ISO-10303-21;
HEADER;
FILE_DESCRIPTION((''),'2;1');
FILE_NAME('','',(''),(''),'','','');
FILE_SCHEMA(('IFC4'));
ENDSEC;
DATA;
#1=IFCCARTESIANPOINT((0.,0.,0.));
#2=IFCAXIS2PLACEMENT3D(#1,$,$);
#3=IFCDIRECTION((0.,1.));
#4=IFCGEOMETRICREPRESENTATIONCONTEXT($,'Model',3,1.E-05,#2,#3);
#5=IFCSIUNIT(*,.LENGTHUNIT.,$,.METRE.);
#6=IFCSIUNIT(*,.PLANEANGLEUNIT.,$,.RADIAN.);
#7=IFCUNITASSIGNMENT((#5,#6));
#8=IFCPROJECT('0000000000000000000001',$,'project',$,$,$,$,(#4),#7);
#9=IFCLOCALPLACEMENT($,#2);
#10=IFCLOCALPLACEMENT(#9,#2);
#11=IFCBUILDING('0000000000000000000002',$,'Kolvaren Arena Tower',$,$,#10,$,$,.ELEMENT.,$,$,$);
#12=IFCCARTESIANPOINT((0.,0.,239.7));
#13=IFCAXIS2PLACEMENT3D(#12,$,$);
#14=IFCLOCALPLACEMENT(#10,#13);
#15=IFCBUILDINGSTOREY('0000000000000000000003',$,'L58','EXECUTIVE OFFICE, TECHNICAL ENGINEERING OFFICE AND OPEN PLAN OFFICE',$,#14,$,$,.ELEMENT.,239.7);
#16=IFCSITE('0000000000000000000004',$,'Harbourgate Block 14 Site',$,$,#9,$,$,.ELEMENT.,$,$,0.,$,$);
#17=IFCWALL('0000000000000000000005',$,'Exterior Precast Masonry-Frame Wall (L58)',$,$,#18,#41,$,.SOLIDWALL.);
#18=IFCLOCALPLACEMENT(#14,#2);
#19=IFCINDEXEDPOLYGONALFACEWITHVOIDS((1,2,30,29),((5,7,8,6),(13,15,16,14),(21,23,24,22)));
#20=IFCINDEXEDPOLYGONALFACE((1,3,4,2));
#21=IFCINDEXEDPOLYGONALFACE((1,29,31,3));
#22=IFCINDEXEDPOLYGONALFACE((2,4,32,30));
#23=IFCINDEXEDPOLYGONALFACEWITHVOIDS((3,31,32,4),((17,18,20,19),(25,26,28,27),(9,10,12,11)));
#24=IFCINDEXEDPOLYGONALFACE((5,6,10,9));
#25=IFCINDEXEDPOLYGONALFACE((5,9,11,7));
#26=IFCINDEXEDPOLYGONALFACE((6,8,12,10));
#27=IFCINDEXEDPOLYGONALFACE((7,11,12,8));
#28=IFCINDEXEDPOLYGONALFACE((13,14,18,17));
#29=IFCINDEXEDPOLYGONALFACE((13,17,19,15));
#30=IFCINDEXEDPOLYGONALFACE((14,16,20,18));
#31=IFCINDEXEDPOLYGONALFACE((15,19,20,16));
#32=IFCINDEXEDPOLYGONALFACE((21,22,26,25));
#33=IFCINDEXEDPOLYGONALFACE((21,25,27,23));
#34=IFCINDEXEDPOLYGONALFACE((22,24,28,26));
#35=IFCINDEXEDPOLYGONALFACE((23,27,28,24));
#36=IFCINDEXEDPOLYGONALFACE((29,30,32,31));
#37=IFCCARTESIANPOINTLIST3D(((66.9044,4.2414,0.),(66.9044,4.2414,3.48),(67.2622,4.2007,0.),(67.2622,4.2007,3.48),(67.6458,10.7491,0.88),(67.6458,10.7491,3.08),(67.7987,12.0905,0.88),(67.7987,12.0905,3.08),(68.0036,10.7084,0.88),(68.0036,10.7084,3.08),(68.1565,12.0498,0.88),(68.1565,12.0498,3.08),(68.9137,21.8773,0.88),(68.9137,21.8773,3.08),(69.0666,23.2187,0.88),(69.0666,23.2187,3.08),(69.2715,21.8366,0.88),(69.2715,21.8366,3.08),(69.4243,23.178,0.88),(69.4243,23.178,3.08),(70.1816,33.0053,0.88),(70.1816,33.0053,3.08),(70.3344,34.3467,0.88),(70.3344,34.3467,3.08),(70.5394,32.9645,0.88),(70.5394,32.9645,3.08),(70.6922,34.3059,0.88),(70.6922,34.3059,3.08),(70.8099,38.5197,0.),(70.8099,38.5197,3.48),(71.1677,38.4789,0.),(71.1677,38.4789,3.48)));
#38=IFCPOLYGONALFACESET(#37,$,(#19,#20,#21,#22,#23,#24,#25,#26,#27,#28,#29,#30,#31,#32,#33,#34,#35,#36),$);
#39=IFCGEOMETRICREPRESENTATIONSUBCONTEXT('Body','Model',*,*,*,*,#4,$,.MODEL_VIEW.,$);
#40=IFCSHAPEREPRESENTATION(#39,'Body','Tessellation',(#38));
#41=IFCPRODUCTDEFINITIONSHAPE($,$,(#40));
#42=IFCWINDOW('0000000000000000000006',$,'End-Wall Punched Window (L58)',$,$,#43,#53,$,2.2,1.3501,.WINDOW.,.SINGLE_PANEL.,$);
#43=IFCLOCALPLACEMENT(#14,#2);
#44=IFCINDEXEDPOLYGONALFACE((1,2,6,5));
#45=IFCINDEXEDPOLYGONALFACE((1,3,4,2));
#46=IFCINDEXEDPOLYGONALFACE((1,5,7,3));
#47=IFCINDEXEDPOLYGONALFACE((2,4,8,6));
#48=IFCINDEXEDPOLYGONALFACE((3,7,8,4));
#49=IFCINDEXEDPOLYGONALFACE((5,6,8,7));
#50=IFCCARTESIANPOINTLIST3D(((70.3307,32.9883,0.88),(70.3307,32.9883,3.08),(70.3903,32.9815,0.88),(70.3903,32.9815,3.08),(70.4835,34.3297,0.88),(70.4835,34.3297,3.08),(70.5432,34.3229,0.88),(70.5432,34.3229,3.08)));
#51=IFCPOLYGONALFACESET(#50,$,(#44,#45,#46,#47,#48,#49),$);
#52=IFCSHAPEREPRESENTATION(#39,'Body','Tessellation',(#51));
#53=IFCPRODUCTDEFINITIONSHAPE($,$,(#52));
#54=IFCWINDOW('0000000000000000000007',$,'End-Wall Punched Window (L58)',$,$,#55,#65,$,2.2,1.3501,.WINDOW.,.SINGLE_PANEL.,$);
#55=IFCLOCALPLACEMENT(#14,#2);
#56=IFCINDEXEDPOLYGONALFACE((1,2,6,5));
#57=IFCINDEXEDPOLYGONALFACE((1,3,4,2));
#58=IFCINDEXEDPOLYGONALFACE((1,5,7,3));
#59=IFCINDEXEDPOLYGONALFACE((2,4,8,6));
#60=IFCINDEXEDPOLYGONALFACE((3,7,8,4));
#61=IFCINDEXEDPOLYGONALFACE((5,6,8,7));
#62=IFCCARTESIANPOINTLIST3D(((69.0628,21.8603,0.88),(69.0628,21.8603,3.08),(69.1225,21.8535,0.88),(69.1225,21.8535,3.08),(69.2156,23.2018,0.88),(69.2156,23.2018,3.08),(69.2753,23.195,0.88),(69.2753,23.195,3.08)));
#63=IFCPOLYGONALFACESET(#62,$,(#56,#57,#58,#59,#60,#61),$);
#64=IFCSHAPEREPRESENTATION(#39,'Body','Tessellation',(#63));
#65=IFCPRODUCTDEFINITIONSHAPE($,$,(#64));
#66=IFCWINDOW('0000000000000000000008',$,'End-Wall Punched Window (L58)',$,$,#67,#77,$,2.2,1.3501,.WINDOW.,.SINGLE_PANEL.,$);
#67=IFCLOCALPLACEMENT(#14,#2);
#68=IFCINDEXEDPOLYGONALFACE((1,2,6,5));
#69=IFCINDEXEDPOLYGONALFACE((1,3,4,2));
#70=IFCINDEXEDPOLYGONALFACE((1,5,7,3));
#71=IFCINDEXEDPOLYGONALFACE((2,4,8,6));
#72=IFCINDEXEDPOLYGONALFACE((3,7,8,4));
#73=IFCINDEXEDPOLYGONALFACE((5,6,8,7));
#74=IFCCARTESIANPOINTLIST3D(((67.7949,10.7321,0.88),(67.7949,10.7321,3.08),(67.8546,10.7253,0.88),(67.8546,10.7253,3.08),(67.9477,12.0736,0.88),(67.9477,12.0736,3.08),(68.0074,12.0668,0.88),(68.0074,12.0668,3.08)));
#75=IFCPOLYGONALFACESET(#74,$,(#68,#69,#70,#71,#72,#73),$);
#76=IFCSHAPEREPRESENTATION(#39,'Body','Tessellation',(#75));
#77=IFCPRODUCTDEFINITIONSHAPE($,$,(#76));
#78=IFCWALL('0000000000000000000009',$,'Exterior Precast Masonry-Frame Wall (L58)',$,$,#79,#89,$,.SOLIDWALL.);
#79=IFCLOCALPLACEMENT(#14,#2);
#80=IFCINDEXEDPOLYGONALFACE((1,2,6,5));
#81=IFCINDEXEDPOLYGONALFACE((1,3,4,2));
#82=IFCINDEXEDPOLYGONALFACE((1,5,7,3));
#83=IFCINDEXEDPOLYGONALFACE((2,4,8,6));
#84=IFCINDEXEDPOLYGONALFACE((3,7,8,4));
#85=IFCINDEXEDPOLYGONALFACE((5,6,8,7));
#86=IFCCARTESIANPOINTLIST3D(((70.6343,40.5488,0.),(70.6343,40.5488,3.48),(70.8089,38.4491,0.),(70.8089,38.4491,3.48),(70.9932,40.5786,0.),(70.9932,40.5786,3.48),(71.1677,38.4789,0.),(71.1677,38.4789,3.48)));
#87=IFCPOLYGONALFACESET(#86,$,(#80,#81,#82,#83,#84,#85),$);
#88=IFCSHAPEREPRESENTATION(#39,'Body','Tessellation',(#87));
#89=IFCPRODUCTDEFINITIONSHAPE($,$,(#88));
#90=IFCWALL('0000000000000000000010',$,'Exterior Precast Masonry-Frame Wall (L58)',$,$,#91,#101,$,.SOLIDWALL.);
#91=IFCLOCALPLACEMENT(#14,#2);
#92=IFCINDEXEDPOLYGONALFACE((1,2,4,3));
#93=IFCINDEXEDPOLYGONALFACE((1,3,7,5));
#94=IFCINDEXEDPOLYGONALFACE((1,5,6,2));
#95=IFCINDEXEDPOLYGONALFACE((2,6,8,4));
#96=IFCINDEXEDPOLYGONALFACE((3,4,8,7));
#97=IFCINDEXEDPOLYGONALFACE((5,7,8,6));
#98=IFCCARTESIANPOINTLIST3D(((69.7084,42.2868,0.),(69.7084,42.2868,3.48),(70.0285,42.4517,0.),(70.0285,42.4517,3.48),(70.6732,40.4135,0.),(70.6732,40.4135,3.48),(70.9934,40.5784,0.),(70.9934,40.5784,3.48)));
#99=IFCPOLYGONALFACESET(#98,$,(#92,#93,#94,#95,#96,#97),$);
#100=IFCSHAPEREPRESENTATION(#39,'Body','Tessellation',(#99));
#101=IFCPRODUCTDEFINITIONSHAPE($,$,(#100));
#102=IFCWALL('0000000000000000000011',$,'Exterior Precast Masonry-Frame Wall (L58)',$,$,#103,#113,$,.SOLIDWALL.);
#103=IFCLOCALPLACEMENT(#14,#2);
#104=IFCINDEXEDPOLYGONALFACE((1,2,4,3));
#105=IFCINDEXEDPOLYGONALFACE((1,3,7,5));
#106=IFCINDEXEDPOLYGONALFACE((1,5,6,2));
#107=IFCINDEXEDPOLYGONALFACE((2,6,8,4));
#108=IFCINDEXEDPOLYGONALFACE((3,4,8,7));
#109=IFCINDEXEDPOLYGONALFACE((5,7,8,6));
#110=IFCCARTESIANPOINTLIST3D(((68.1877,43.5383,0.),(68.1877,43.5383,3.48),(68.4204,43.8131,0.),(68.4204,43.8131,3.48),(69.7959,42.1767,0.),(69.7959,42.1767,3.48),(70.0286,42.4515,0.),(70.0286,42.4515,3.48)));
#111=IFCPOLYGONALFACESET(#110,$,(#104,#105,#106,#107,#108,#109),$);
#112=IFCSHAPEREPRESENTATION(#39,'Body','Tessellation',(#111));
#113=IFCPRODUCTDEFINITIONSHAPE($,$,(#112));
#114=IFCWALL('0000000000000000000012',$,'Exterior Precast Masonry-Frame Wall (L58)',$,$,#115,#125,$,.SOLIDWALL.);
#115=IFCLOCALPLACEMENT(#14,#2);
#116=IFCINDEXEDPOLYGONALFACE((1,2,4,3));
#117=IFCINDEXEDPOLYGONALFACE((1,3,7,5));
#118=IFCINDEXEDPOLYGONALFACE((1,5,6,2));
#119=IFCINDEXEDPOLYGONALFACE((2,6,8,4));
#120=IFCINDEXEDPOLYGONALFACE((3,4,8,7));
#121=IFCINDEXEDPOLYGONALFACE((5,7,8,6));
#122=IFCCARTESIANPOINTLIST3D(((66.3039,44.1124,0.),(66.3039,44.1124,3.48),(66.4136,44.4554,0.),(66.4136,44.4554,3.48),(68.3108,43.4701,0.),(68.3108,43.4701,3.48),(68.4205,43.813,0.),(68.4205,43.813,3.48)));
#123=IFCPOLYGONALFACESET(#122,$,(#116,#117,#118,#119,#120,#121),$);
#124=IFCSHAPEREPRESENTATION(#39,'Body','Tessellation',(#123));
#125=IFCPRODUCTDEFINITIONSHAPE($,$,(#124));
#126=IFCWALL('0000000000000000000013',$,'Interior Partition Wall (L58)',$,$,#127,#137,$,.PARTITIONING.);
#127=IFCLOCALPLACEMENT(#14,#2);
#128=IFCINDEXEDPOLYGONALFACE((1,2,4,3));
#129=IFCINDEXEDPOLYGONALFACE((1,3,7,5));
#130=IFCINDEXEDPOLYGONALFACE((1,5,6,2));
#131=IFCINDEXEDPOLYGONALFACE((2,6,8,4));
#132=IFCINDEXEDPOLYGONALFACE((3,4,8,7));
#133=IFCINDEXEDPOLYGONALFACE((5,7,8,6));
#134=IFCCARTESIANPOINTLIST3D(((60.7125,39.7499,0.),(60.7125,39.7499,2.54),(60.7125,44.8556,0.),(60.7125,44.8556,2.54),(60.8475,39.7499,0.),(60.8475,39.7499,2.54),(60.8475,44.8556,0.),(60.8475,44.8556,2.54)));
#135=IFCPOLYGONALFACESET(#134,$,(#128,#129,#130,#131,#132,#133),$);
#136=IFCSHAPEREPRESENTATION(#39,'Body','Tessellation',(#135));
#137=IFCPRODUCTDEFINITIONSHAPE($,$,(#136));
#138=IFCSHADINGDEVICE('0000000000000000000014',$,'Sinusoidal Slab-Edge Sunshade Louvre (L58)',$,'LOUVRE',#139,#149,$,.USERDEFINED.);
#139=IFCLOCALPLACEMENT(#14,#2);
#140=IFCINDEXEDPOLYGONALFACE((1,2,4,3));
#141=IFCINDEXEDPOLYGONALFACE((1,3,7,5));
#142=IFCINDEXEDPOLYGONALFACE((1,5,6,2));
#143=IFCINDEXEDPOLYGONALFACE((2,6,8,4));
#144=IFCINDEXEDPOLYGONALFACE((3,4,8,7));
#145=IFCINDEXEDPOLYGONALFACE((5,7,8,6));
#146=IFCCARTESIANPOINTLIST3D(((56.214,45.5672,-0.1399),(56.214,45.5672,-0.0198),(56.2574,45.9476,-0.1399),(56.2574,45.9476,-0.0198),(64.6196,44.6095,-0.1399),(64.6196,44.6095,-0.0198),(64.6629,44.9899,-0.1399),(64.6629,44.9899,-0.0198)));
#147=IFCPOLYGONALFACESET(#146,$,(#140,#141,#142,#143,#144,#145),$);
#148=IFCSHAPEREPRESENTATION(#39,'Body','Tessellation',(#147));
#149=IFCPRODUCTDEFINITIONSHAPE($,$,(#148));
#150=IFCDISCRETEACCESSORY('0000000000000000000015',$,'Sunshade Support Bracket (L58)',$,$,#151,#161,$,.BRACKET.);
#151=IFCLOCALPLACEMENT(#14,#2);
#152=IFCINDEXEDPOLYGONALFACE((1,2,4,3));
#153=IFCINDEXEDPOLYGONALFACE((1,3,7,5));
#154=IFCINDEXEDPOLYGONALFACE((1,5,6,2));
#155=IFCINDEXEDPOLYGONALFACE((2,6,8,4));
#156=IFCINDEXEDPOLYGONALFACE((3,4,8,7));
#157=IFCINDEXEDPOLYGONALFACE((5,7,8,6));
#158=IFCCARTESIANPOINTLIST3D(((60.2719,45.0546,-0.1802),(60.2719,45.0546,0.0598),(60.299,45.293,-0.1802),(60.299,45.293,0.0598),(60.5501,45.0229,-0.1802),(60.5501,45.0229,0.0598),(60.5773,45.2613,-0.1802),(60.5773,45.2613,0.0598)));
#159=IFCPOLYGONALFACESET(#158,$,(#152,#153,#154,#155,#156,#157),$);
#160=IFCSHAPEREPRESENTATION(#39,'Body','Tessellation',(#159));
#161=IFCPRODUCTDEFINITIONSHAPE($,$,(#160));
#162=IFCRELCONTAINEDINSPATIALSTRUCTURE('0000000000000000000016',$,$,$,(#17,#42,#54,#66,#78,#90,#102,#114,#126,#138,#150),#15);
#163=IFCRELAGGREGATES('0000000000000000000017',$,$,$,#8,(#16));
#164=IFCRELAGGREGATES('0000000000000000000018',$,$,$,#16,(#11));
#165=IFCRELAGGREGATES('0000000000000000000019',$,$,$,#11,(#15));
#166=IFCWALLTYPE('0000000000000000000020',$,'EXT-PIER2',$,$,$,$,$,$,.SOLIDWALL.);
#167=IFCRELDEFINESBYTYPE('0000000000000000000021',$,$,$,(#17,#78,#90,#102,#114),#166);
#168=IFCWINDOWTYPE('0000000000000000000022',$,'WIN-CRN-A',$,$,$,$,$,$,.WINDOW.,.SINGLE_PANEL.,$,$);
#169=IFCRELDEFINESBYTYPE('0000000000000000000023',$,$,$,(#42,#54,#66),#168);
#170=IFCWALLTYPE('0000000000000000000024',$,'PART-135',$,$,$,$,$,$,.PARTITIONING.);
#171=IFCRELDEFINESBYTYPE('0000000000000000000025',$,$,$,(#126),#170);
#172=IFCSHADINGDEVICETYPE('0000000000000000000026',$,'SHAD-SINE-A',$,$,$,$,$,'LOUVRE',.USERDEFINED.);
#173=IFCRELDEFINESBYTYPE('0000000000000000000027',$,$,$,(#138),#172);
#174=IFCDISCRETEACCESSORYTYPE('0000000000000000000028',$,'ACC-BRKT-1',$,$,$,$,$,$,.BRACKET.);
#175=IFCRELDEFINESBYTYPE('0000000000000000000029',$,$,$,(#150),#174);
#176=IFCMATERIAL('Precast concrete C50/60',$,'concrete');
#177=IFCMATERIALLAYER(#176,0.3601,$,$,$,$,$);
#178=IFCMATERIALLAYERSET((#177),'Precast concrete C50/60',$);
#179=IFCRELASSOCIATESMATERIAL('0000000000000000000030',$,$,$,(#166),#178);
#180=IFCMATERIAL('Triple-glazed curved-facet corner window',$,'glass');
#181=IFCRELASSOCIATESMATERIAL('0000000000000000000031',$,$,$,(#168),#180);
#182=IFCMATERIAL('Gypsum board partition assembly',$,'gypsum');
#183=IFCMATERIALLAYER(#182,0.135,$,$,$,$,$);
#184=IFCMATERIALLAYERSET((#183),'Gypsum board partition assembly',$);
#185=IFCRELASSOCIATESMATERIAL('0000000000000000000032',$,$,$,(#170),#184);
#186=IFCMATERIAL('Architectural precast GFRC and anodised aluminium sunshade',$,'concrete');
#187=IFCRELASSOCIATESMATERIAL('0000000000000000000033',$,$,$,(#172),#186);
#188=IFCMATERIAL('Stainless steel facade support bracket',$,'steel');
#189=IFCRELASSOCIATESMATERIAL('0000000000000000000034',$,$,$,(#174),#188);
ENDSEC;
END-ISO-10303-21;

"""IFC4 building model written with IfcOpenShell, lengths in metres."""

from ifc_helpers import new_model, si_unit, direction, frame, frame_2d, origin, origin_2d, place, context, subcontext, project, spatial, rectangle, extrude, material, layer, layer_set, type_object, element, fill, save


model = new_model("IFC4")

# Units and contexts
model_context = context("Model", 3, precision=1e-05, world=origin(), true_north=direction((0.0, 1.0)))
body_context = subcontext(model_context, "Body", "Model", "MODEL_VIEW")
ifc_project = project(units=[si_unit("LENGTHUNIT", "METRE"), si_unit("PLANEANGLEUNIT", "RADIAN")], contexts=[model_context])

# Site, building, storey
site_placement = place(None, origin())
site = spatial("IfcSite", under=ifc_project, at=site_placement, Name="Harbourgate Block 14 Site", CompositionType="ELEMENT", RefElevation=0.0)
building_placement = place(site_placement, origin())
building = spatial("IfcBuilding", under=site, at=building_placement, Name="Kolvaren Arena Tower", CompositionType="ELEMENT")
storey_placement = place(building_placement, frame((0.0, 0.0, 239.7)))
storey = spatial("IfcBuildingStorey", under=building, at=storey_placement, Name="L58", Description="EXECUTIVE OFFICE, TECHNICAL ENGINEERING OFFICE AND OPEN PLAN OFFICE", CompositionType="ELEMENT", Elevation=239.7)

# Wall, openings, windows
ifc_material_1 = material(Name="Precast concrete C50/60", Category="concrete")
ifc_layer_1 = layer(ifc_material_1, 0.3601)
ifc_layer_set_1 = layer_set([ifc_layer_1], Name="Precast concrete C50/60")
wall_type_1 = type_object("IfcWallType", Name="EXT-PIER2", PredefinedType="SOLIDWALL", material=ifc_layer_set_1)
wall_1_placement = place(storey_placement, frame((70.9888, 38.4993, 0.0), z_axis=(0.0, 0.0, 1.0), x_axis=(-0.113203, -0.993572, 0.0)))
wall_1 = element("IfcWall", 1, at=wall_1_placement, inside=storey, type_object=wall_type_1, Name="Exterior Precast Masonry-Frame Wall (L58)", PredefinedType="SOLIDWALL", context=body_context, shape_type="SweptSolid", body=[
    extrude(rectangle(XDim=34.5, YDim=0.3601, at=frame_2d((17.25, 0.0))), origin(), (0.0, 0.0, 1.0), 3.48),
])
opening_1_placement = place(wall_1_placement, frame((4.2, 0.0, 0.8799)))
opening_1 = element("IfcOpeningElement", 2, at=opening_1_placement, cuts=wall_1, PredefinedType="OPENING", context=body_context, shape_type="SweptSolid", body=[
    extrude(rectangle(XDim=1.3501, YDim=2.2, at=frame_2d((0.675, 1.1001))), frame((0.0, 0.1899, 0.0), z_axis=(0.0, -1.0, 0.0), x_axis=(1.0, 0.0, 0.0)), (0.0, 0.0, 1.0), 0.3801),
])
opening_2_placement = place(wall_1_placement, frame((15.3999, 0.0, 0.8799)))
opening_2 = element("IfcOpeningElement", 3, at=opening_2_placement, cuts=wall_1, PredefinedType="OPENING", context=body_context, shape_type="SweptSolid", body=[
    extrude(rectangle(XDim=1.3501, YDim=2.2, at=frame_2d((0.675, 1.1001))), frame((0.0, 0.1899, 0.0), z_axis=(0.0, -1.0, 0.0), x_axis=(1.0, 0.0, 0.0)), (0.0, 0.0, 1.0), 0.3801),
])
opening_3_placement = place(wall_1_placement, frame((26.6001, 0.0, 0.8799)))
opening_3 = element("IfcOpeningElement", 4, at=opening_3_placement, cuts=wall_1, PredefinedType="OPENING", context=body_context, shape_type="SweptSolid", body=[
    extrude(rectangle(XDim=1.3501, YDim=2.2, at=frame_2d((0.675, 1.1001))), frame((0.0, 0.1899, 0.0), z_axis=(0.0, -1.0, 0.0), x_axis=(1.0, 0.0, 0.0)), (0.0, 0.0, 1.0), 0.3801),
])
ifc_material_2 = material(Name="Triple-glazed curved-facet corner window", Category="glass")
window_type = type_object("IfcWindowType", Name="WIN-CRN-A", PartitioningType="SINGLE_PANEL", PredefinedType="WINDOW", material=ifc_material_2)
window_1_placement = place(opening_1_placement, origin())
window_1 = element("IfcWindow", 5, at=window_1_placement, inside=storey, type_object=window_type, Name="End-Wall Punched Window (L58)", OverallHeight=2.2, OverallWidth=1.3501, PartitioningType="SINGLE_PANEL", PredefinedType="WINDOW", context=body_context, shape_type="SweptSolid", body=[
    extrude(rectangle(XDim=1.3501, YDim=2.2, at=frame_2d((0.675, 1.1001))), frame((0.0, 0.03, 0.0), z_axis=(0.0, -1.0, 0.0), x_axis=(1.0, 0.0, 0.0)), (0.0, 0.0, 1.0), 0.0601),
])
fill(opening_1, window_1)
window_2_placement = place(opening_2_placement, origin())
window_2 = element("IfcWindow", 6, at=window_2_placement, inside=storey, type_object=window_type, Name="End-Wall Punched Window (L58)", OverallHeight=2.2, OverallWidth=1.3501, PartitioningType="SINGLE_PANEL", PredefinedType="WINDOW", context=body_context, shape_type="SweptSolid", body=[
    extrude(rectangle(XDim=1.3501, YDim=2.2, at=frame_2d((0.675, 1.1001))), frame((0.0, 0.03, 0.0), z_axis=(0.0, -1.0, 0.0), x_axis=(1.0, 0.0, 0.0)), (0.0, 0.0, 1.0), 0.0601),
])
fill(opening_2, window_2)
window_3_placement = place(opening_3_placement, origin())
window_3 = element("IfcWindow", 7, at=window_3_placement, inside=storey, type_object=window_type, Name="End-Wall Punched Window (L58)", OverallHeight=2.2, OverallWidth=1.3501, PartitioningType="SINGLE_PANEL", PredefinedType="WINDOW", context=body_context, shape_type="SweptSolid", body=[
    extrude(rectangle(XDim=1.3501, YDim=2.2, at=frame_2d((0.675, 1.1001))), frame((0.0, 0.03, 0.0), z_axis=(0.0, -1.0, 0.0), x_axis=(1.0, 0.0, 0.0)), (0.0, 0.0, 1.0), 0.0601),
])
fill(opening_3, window_3)

# Walls
wall_2_placement = place(storey_placement, frame((70.8137, 40.5637, 0.0), z_axis=(0.0, 0.0, 1.0), x_axis=(0.082854, -0.996562, 0.0)))
element("IfcWall", 8, at=wall_2_placement, inside=storey, type_object=wall_type_1, Name="Exterior Precast Masonry-Frame Wall (L58)", PredefinedType="SOLIDWALL", context=body_context, shape_type="SweptSolid", body=[
    extrude(rectangle(XDim=2.1069, YDim=0.3601, at=frame_2d((1.0535, 0.0))), origin(), (0.0, 0.0, 1.0), 3.48),
])
for number, where, z_axis, x_axis, name in (
    (9, (69.8684, 42.3694, 0.0), (0.0, 0.0, 1.0), (0.457887, -0.88901, 0.0), "Exterior Precast Masonry-Frame Wall (L58)"),
    (10, (68.304, 43.6758, 0.0), (0.0, 0.0, 1.0), (0.763193, -0.646171, 0.0), "Exterior Precast Masonry-Frame Wall (L58)"),
    (11, (66.3586, 44.2839, 0.0), (0.0, 0.0, 1.0), (0.952404, -0.304839, 0.0), "Exterior Precast Masonry-Frame Wall (L58)"),
):
    element("IfcWall", number, at=place(storey_placement, frame(where, z_axis=z_axis, x_axis=x_axis)), inside=storey, type_object=wall_type_1, Name=name, PredefinedType="SOLIDWALL", context=body_context, shape_type="SweptSolid", body=[
        extrude(rectangle(XDim=2.1072, YDim=0.3601, at=frame_2d((1.0537, 0.0))), origin(), (0.0, 0.0, 1.0), 3.48),
    ])
ifc_material_3 = material(Name="Gypsum board partition assembly", Category="gypsum")
ifc_layer_2 = layer(ifc_material_3, 0.135)
ifc_layer_set_2 = layer_set([ifc_layer_2], Name="Gypsum board partition assembly")
wall_type_2 = type_object("IfcWallType", Name="PART-135", PredefinedType="PARTITIONING", material=ifc_layer_set_2)
wall_3_placement = place(storey_placement, frame((60.78, 39.75, 0.0), z_axis=(0.0, 0.0, 1.0), x_axis=(0.0, 1.0, 0.0)))
element("IfcWall", 12, at=wall_3_placement, inside=storey, type_object=wall_type_2, Name="Interior Partition Wall (L58)", PredefinedType="PARTITIONING", context=body_context, shape_type="SweptSolid", body=[
    extrude(rectangle(XDim=5.1057, YDim=0.135, at=frame_2d((2.5527, 0.0))), origin(), (0.0, 0.0, 1.0), 2.54),
])

# Shading device
ifc_material_4 = material(Name="Architectural precast GFRC and anodised aluminium sunshade", Category="concrete")
shading_device_type = type_object("IfcShadingDeviceType", Name="SHAD-SINE-A", ElementType="LOUVRE", PredefinedType="USERDEFINED", material=ifc_material_4)
shading_device_placement = place(storey_placement, frame((60.4385, 45.2786, -0.1399), z_axis=(0.0, 0.0, 1.0), x_axis=(0.993572, -0.113205, 0.0)))
element("IfcShadingDevice", 13, at=shading_device_placement, inside=storey, type_object=shading_device_type, Name="Sinusoidal Slab-Edge Sunshade Louvre (L58)", ObjectType="LOUVRE", PredefinedType="USERDEFINED", context=body_context, shape_type="SweptSolid", body=[
    extrude(rectangle(XDim=8.46, YDim=0.3828, at=origin_2d()), origin(), (0.0, 0.0, 1.0), 0.1201),
])

# Discrete accessory
ifc_material_5 = material(Name="Stainless steel facade support bracket", Category="steel")
discrete_accessory_type = type_object("IfcDiscreteAccessoryType", Name="ACC-BRKT-1", PredefinedType="BRACKET", material=ifc_material_5)
discrete_accessory_placement = place(storey_placement, frame((60.4246, 45.158, -0.1802), z_axis=(0.0, 0.0, 1.0), x_axis=(0.993572, -0.113205, 0.0)))
element("IfcDiscreteAccessory", 14, at=discrete_accessory_placement, inside=storey, type_object=discrete_accessory_type, Name="Sunshade Support Bracket (L58)", PredefinedType="BRACKET", context=body_context, shape_type="SweptSolid", body=[
    extrude(rectangle(XDim=0.28, YDim=0.24, at=origin_2d()), origin(), (0.0, 0.0, 1.0), 0.24),
])

save(model, "model.ifc")
